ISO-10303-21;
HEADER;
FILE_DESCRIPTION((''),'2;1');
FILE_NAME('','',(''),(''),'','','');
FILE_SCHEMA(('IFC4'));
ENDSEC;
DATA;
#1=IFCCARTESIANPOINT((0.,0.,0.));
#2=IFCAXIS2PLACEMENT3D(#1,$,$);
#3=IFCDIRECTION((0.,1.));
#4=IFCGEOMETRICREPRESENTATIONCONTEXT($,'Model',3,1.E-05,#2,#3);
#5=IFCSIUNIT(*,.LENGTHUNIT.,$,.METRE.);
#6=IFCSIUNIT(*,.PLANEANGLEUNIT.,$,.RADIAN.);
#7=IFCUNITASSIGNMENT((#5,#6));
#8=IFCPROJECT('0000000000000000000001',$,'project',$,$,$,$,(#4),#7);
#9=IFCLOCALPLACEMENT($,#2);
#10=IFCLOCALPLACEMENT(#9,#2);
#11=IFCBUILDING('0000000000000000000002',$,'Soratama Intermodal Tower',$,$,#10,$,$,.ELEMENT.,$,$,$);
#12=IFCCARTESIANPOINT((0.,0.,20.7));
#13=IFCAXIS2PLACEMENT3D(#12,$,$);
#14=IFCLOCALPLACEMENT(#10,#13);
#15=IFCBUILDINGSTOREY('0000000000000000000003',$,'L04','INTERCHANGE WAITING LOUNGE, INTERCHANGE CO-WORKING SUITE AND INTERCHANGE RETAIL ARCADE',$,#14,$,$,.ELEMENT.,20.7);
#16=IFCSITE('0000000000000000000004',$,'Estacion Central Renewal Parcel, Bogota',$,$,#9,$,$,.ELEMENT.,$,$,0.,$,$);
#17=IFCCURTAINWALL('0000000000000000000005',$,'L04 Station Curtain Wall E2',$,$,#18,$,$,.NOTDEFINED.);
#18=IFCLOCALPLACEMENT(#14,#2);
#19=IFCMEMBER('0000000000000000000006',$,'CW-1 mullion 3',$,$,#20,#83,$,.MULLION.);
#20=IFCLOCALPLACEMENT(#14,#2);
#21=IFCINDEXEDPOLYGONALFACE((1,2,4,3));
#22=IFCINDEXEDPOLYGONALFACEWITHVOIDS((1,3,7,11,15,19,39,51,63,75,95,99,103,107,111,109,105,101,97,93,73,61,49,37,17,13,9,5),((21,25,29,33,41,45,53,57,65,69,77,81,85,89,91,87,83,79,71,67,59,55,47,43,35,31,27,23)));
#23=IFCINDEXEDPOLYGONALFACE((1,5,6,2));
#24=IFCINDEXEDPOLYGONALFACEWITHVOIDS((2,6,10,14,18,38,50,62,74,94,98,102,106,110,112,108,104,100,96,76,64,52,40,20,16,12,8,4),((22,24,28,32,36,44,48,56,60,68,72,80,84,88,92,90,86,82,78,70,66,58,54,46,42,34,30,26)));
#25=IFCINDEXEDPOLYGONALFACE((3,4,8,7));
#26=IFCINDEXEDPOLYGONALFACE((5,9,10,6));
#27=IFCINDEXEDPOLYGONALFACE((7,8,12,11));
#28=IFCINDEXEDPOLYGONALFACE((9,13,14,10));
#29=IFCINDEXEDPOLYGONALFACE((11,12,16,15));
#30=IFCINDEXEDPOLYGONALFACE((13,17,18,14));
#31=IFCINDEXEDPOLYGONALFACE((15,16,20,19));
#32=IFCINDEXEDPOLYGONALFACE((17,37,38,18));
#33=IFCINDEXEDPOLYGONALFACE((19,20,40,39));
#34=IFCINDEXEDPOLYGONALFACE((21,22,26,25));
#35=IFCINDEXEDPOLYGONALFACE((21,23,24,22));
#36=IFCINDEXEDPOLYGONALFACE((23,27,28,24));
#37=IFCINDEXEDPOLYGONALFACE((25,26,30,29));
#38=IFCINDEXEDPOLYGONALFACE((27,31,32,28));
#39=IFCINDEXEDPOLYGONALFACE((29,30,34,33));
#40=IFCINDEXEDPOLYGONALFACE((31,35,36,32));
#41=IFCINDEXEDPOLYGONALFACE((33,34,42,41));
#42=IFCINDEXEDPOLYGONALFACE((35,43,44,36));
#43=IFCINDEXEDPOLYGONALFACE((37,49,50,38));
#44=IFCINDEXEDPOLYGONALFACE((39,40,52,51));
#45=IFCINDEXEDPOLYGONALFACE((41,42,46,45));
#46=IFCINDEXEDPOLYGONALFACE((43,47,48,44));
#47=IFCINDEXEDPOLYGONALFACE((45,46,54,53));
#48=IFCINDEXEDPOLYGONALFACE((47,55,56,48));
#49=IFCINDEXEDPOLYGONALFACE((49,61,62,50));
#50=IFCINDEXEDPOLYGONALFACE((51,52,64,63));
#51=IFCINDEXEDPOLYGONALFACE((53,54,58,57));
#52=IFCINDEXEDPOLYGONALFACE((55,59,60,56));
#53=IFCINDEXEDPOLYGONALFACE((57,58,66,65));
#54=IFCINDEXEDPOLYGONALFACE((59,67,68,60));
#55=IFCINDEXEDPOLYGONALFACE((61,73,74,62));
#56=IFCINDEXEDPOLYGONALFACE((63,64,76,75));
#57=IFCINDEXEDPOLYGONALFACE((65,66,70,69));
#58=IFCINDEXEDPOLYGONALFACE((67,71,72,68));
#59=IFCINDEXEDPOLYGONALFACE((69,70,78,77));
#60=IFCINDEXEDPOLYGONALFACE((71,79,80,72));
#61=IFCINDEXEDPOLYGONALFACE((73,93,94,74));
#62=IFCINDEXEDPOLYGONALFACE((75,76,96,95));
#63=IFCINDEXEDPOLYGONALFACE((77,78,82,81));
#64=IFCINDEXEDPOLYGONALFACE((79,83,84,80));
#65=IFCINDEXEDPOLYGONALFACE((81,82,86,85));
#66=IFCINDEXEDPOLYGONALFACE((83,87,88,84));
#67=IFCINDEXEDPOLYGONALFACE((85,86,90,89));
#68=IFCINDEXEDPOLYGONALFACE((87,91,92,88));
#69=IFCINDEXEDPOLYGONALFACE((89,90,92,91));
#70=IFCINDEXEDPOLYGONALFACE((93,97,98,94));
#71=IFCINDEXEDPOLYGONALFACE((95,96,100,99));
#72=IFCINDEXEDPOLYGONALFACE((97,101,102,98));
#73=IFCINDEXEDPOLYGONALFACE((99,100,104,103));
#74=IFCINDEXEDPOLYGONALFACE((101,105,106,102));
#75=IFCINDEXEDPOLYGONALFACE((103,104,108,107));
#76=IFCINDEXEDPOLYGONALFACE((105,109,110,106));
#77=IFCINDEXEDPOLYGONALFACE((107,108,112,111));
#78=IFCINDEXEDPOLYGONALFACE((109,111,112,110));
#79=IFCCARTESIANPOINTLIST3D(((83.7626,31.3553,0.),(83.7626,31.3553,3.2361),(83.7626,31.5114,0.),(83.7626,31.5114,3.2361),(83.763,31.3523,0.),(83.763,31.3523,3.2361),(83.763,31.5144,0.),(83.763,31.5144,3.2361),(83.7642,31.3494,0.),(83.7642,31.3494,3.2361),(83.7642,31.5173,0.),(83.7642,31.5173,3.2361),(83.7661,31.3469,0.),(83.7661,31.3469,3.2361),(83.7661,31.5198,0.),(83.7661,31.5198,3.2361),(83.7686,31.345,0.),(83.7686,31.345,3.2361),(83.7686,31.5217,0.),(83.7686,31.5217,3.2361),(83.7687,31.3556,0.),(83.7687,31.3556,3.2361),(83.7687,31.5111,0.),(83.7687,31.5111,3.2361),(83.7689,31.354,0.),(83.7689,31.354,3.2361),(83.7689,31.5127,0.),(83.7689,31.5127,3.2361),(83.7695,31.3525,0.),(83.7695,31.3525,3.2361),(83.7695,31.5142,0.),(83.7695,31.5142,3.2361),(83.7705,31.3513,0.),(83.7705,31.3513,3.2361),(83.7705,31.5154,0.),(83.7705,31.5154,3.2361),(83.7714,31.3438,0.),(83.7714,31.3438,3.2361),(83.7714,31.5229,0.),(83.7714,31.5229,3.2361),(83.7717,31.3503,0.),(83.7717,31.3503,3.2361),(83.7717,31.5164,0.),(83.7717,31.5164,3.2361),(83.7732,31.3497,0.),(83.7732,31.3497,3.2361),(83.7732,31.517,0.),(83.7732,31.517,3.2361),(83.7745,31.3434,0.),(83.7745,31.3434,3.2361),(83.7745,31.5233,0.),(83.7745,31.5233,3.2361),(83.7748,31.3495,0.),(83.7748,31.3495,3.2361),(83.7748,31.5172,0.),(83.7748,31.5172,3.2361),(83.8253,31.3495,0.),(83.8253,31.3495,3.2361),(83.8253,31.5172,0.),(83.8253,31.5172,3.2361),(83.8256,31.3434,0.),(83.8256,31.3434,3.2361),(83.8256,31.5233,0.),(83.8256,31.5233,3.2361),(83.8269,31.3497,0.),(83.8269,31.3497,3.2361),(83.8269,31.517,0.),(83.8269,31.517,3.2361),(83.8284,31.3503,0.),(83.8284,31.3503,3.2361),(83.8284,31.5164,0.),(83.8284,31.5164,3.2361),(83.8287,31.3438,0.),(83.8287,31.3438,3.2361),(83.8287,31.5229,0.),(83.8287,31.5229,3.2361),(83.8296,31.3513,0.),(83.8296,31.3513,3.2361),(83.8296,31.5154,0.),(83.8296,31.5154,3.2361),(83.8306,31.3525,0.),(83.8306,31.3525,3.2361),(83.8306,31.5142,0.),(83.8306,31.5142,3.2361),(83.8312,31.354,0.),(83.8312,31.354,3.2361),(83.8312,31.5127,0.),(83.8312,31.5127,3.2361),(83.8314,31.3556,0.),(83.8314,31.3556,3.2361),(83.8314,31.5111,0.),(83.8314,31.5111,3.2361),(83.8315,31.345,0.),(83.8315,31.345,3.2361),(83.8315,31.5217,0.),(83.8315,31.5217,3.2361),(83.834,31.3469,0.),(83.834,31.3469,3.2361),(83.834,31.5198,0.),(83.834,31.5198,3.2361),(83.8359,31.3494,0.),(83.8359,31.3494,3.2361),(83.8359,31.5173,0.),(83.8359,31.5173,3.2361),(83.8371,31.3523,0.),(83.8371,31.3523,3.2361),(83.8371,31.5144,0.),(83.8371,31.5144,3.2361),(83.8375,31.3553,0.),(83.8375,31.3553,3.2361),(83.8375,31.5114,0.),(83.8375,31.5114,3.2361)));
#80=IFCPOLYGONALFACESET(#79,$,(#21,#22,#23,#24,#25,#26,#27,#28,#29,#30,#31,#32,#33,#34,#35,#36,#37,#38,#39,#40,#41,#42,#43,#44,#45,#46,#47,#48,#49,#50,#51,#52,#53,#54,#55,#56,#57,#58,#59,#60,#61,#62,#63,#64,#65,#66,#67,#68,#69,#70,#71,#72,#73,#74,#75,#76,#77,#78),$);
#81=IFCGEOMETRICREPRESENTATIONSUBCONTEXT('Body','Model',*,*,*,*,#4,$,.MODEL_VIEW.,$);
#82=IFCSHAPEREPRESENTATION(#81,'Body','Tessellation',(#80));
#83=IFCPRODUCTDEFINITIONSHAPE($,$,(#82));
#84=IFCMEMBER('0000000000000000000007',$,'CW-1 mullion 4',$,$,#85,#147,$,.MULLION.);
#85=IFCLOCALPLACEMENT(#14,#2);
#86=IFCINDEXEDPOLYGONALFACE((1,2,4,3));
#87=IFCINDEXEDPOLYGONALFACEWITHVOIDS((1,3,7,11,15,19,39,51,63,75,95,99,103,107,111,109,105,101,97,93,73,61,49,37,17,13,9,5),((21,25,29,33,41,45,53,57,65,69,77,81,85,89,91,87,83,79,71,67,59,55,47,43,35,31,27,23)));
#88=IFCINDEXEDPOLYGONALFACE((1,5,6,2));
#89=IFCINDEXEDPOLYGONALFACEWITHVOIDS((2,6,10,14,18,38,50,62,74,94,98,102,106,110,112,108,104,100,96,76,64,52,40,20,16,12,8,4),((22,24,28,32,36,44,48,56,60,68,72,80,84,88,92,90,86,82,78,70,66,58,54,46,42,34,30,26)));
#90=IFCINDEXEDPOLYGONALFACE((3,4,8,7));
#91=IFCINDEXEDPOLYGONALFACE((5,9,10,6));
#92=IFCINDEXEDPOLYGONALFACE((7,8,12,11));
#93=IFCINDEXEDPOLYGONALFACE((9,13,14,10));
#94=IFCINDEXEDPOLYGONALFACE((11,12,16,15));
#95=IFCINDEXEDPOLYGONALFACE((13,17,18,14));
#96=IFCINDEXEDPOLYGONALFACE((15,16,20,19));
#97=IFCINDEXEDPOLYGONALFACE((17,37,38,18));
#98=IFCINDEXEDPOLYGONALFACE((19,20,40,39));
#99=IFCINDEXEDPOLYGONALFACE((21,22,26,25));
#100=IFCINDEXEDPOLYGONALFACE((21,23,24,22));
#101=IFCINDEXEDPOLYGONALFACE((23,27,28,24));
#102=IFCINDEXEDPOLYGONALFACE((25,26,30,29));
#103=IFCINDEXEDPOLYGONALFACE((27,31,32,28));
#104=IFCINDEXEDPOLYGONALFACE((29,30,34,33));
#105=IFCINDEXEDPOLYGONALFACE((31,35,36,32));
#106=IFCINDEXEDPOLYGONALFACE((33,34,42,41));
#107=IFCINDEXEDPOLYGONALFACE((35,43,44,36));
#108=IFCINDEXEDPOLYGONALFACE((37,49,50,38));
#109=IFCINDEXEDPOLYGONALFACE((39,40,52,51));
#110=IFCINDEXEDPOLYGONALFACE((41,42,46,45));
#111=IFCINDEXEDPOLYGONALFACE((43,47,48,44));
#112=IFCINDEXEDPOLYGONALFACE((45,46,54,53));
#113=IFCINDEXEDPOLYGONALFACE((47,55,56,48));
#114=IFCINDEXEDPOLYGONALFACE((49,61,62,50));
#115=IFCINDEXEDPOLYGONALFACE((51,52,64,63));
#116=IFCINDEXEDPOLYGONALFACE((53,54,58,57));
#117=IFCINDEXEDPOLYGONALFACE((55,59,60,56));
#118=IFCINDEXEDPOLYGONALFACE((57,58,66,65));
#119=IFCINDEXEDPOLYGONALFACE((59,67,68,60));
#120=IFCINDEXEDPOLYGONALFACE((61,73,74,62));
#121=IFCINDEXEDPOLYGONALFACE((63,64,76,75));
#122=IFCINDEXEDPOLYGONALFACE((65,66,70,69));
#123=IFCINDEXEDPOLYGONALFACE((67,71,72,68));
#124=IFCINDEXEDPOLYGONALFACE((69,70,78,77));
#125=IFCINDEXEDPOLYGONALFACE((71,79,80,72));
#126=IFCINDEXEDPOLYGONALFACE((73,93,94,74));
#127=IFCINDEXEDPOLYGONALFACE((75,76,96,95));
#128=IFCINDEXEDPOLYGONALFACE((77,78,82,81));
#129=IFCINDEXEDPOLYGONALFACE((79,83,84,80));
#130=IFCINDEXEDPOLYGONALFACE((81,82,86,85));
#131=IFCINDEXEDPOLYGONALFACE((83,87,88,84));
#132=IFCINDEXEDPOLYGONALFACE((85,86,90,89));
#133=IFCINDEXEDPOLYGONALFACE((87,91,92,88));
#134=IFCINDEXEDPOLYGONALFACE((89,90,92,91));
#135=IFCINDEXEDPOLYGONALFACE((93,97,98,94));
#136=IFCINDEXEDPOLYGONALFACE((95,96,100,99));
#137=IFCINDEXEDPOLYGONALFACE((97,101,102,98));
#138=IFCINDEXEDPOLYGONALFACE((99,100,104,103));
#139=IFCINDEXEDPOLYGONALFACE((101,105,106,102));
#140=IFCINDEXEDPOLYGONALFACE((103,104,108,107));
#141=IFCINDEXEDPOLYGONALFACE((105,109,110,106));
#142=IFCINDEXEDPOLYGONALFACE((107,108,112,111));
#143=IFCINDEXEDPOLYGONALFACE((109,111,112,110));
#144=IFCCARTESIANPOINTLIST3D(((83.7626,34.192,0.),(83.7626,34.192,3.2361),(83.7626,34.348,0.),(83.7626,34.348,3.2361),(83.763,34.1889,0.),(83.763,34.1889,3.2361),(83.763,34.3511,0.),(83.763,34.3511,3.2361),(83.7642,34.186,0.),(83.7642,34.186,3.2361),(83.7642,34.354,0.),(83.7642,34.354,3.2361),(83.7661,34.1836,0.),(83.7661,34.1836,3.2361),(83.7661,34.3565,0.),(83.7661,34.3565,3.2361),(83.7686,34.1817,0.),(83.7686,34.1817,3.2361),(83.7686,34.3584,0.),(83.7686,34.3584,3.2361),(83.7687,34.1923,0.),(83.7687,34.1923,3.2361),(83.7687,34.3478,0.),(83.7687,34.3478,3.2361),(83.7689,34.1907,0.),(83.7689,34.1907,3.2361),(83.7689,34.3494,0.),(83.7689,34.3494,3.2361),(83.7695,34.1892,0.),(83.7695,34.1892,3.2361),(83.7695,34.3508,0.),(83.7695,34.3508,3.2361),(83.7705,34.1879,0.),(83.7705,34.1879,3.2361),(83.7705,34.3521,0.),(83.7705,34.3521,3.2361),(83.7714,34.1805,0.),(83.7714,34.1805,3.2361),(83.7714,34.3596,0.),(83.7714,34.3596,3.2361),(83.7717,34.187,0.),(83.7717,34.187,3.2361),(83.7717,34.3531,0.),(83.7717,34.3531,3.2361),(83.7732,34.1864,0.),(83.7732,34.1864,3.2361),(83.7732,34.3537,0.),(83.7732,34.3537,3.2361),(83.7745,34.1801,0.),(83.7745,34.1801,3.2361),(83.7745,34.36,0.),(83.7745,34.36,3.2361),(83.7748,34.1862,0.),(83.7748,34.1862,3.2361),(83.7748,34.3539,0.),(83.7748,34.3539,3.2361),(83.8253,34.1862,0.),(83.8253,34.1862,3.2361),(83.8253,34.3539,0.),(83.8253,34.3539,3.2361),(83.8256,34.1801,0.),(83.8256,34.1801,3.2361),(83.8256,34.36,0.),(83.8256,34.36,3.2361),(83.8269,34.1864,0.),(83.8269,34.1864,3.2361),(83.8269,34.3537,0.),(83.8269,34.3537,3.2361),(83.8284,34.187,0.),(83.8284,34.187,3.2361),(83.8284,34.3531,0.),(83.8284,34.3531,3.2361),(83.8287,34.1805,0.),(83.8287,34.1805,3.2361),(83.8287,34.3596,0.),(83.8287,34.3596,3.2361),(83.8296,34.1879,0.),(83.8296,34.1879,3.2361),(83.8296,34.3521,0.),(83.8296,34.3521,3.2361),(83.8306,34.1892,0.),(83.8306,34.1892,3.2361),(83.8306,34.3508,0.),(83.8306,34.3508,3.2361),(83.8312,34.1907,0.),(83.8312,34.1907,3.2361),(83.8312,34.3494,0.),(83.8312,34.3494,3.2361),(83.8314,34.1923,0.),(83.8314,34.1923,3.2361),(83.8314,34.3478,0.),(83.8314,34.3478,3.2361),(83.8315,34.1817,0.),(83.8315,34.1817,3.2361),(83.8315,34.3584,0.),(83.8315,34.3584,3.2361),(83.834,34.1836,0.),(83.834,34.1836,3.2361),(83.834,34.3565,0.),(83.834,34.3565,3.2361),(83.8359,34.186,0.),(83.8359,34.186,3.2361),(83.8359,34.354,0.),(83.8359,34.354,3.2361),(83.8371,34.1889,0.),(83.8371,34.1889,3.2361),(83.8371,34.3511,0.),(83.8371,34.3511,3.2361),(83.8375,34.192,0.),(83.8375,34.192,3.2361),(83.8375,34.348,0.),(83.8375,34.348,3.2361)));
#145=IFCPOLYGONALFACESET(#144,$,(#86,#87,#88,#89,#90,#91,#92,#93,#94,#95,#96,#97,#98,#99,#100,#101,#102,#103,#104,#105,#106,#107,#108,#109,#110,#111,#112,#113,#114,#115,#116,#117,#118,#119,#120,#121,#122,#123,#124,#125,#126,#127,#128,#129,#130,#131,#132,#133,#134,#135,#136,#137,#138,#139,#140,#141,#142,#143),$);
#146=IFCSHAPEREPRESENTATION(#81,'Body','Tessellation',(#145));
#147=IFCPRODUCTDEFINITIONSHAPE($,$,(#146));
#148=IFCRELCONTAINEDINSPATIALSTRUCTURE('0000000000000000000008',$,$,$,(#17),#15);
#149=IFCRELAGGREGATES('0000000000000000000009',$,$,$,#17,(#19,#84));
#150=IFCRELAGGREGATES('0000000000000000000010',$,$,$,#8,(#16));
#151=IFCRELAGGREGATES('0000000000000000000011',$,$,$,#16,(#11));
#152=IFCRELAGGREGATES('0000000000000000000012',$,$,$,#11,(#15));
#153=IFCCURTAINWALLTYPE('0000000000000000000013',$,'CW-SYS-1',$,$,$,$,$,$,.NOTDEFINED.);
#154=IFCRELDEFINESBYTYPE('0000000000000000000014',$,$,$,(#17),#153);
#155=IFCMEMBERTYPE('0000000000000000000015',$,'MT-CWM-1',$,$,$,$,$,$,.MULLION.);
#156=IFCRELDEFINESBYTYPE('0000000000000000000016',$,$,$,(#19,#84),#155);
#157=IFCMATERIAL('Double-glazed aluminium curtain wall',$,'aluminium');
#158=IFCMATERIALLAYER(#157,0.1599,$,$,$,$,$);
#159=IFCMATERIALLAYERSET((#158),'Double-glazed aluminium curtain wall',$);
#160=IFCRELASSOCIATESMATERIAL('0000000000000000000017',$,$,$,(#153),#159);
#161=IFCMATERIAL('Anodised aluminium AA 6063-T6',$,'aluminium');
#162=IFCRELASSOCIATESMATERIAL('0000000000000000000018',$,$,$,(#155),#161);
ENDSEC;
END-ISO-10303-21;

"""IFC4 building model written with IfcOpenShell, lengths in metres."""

from ifc_helpers import new_model, si_unit, direction, frame, origin, origin_2d, place, context, subcontext, project, spatial, hollow_rectangle, extrude, material, layer, layer_set, material_profile, profile_set, type_object, element, aggregate, save


model = new_model("IFC4")

# Units and contexts
model_context = context("Model", 3, precision=1e-05, world=origin(), true_north=direction((0.0, 1.0)))
body_context = subcontext(model_context, "Body", "Model", "MODEL_VIEW")
ifc_project = project(units=[si_unit("LENGTHUNIT", "METRE"), si_unit("PLANEANGLEUNIT", "RADIAN")], contexts=[model_context])

# Site, building, storey
site_placement = place(None, origin())
site = spatial("IfcSite", under=ifc_project, at=site_placement, Name="Estacion Central Renewal Parcel, Bogota", CompositionType="ELEMENT", RefElevation=0.0)
building_placement = place(site_placement, origin())
building = spatial("IfcBuilding", under=site, at=building_placement, Name="Soratama Intermodal Tower", CompositionType="ELEMENT")
storey_placement = place(building_placement, frame((0.0, 0.0, 20.7)))
storey = spatial("IfcBuildingStorey", under=building, at=storey_placement, Name="L04", Description="INTERCHANGE WAITING LOUNGE, INTERCHANGE CO-WORKING SUITE AND INTERCHANGE RETAIL ARCADE", CompositionType="ELEMENT", Elevation=20.7)

# Curtain wall, members
ifc_material_1 = material(Name="Double-glazed aluminium curtain wall", Category="aluminium")
ifc_layer_1 = layer(ifc_material_1, 0.1599)
ifc_layer_set_1 = layer_set([ifc_layer_1], Name="Double-glazed aluminium curtain wall")
curtain_wall_type = type_object("IfcCurtainWallType", Name="CW-SYS-1", PredefinedType="NOTDEFINED", material=ifc_layer_set_1)
curtain_wall_placement = place(storey_placement, origin())
curtain_wall = element("IfcCurtainWall", 1, at=curtain_wall_placement, inside=storey, type_object=curtain_wall_type, Name="L04 Station Curtain Wall E2", PredefinedType="NOTDEFINED")
ifc_material_2 = material(Name="Anodised aluminium AA 6063-T6", Category="aluminium")
ifc_material_profile_1 = material_profile(ifc_material_2, hollow_rectangle(XDim=0.075, YDim=0.1799, WallThickness=0.0061, InnerFilletRadius=0.0061, OuterFilletRadius=0.012, at=origin_2d()), Name="CWM180X75X6")
ifc_profile_set_1 = profile_set([ifc_material_profile_1], Name="Anodised aluminium AA 6063-T6")
member_type_1 = type_object("IfcMemberType", Name="MT-CWM-1", PredefinedType="MULLION", material=ifc_profile_set_1)
member_1_placement = place(storey_placement, frame((83.8, 31.4333, 0.0), z_axis=(0.0, 0.0, 1.0), x_axis=(-1.0, 0.0, 0.0)))
member_1 = element("IfcMember", 2, at=member_1_placement, type_object=member_type_1, Name="CW-1 mullion 3", PredefinedType="MULLION", context=body_context, shape_type="SweptSolid", body=[
    extrude(hollow_rectangle(XDim=0.075, YDim=0.1799, WallThickness=0.0061, InnerFilletRadius=0.0061, OuterFilletRadius=0.012, at=origin_2d()), origin(), (0.0, 0.0, 1.0), 3.2361),
])
member_2_placement = place(storey_placement, frame((83.8, 34.27, 0.0), z_axis=(0.0, 0.0, 1.0), x_axis=(-1.0, 0.0, 0.0)))
member_2 = element("IfcMember", 3, at=member_2_placement, type_object=member_type_1, Name="CW-1 mullion 4", PredefinedType="MULLION", context=body_context, shape_type="SweptSolid", body=[
    extrude(hollow_rectangle(XDim=0.075, YDim=0.1799, WallThickness=0.0061, InnerFilletRadius=0.0061, OuterFilletRadius=0.012, at=origin_2d()), origin(), (0.0, 0.0, 1.0), 3.2361),
])
aggregate(curtain_wall, [member_1, member_2])

save(model, "model.ifc")
